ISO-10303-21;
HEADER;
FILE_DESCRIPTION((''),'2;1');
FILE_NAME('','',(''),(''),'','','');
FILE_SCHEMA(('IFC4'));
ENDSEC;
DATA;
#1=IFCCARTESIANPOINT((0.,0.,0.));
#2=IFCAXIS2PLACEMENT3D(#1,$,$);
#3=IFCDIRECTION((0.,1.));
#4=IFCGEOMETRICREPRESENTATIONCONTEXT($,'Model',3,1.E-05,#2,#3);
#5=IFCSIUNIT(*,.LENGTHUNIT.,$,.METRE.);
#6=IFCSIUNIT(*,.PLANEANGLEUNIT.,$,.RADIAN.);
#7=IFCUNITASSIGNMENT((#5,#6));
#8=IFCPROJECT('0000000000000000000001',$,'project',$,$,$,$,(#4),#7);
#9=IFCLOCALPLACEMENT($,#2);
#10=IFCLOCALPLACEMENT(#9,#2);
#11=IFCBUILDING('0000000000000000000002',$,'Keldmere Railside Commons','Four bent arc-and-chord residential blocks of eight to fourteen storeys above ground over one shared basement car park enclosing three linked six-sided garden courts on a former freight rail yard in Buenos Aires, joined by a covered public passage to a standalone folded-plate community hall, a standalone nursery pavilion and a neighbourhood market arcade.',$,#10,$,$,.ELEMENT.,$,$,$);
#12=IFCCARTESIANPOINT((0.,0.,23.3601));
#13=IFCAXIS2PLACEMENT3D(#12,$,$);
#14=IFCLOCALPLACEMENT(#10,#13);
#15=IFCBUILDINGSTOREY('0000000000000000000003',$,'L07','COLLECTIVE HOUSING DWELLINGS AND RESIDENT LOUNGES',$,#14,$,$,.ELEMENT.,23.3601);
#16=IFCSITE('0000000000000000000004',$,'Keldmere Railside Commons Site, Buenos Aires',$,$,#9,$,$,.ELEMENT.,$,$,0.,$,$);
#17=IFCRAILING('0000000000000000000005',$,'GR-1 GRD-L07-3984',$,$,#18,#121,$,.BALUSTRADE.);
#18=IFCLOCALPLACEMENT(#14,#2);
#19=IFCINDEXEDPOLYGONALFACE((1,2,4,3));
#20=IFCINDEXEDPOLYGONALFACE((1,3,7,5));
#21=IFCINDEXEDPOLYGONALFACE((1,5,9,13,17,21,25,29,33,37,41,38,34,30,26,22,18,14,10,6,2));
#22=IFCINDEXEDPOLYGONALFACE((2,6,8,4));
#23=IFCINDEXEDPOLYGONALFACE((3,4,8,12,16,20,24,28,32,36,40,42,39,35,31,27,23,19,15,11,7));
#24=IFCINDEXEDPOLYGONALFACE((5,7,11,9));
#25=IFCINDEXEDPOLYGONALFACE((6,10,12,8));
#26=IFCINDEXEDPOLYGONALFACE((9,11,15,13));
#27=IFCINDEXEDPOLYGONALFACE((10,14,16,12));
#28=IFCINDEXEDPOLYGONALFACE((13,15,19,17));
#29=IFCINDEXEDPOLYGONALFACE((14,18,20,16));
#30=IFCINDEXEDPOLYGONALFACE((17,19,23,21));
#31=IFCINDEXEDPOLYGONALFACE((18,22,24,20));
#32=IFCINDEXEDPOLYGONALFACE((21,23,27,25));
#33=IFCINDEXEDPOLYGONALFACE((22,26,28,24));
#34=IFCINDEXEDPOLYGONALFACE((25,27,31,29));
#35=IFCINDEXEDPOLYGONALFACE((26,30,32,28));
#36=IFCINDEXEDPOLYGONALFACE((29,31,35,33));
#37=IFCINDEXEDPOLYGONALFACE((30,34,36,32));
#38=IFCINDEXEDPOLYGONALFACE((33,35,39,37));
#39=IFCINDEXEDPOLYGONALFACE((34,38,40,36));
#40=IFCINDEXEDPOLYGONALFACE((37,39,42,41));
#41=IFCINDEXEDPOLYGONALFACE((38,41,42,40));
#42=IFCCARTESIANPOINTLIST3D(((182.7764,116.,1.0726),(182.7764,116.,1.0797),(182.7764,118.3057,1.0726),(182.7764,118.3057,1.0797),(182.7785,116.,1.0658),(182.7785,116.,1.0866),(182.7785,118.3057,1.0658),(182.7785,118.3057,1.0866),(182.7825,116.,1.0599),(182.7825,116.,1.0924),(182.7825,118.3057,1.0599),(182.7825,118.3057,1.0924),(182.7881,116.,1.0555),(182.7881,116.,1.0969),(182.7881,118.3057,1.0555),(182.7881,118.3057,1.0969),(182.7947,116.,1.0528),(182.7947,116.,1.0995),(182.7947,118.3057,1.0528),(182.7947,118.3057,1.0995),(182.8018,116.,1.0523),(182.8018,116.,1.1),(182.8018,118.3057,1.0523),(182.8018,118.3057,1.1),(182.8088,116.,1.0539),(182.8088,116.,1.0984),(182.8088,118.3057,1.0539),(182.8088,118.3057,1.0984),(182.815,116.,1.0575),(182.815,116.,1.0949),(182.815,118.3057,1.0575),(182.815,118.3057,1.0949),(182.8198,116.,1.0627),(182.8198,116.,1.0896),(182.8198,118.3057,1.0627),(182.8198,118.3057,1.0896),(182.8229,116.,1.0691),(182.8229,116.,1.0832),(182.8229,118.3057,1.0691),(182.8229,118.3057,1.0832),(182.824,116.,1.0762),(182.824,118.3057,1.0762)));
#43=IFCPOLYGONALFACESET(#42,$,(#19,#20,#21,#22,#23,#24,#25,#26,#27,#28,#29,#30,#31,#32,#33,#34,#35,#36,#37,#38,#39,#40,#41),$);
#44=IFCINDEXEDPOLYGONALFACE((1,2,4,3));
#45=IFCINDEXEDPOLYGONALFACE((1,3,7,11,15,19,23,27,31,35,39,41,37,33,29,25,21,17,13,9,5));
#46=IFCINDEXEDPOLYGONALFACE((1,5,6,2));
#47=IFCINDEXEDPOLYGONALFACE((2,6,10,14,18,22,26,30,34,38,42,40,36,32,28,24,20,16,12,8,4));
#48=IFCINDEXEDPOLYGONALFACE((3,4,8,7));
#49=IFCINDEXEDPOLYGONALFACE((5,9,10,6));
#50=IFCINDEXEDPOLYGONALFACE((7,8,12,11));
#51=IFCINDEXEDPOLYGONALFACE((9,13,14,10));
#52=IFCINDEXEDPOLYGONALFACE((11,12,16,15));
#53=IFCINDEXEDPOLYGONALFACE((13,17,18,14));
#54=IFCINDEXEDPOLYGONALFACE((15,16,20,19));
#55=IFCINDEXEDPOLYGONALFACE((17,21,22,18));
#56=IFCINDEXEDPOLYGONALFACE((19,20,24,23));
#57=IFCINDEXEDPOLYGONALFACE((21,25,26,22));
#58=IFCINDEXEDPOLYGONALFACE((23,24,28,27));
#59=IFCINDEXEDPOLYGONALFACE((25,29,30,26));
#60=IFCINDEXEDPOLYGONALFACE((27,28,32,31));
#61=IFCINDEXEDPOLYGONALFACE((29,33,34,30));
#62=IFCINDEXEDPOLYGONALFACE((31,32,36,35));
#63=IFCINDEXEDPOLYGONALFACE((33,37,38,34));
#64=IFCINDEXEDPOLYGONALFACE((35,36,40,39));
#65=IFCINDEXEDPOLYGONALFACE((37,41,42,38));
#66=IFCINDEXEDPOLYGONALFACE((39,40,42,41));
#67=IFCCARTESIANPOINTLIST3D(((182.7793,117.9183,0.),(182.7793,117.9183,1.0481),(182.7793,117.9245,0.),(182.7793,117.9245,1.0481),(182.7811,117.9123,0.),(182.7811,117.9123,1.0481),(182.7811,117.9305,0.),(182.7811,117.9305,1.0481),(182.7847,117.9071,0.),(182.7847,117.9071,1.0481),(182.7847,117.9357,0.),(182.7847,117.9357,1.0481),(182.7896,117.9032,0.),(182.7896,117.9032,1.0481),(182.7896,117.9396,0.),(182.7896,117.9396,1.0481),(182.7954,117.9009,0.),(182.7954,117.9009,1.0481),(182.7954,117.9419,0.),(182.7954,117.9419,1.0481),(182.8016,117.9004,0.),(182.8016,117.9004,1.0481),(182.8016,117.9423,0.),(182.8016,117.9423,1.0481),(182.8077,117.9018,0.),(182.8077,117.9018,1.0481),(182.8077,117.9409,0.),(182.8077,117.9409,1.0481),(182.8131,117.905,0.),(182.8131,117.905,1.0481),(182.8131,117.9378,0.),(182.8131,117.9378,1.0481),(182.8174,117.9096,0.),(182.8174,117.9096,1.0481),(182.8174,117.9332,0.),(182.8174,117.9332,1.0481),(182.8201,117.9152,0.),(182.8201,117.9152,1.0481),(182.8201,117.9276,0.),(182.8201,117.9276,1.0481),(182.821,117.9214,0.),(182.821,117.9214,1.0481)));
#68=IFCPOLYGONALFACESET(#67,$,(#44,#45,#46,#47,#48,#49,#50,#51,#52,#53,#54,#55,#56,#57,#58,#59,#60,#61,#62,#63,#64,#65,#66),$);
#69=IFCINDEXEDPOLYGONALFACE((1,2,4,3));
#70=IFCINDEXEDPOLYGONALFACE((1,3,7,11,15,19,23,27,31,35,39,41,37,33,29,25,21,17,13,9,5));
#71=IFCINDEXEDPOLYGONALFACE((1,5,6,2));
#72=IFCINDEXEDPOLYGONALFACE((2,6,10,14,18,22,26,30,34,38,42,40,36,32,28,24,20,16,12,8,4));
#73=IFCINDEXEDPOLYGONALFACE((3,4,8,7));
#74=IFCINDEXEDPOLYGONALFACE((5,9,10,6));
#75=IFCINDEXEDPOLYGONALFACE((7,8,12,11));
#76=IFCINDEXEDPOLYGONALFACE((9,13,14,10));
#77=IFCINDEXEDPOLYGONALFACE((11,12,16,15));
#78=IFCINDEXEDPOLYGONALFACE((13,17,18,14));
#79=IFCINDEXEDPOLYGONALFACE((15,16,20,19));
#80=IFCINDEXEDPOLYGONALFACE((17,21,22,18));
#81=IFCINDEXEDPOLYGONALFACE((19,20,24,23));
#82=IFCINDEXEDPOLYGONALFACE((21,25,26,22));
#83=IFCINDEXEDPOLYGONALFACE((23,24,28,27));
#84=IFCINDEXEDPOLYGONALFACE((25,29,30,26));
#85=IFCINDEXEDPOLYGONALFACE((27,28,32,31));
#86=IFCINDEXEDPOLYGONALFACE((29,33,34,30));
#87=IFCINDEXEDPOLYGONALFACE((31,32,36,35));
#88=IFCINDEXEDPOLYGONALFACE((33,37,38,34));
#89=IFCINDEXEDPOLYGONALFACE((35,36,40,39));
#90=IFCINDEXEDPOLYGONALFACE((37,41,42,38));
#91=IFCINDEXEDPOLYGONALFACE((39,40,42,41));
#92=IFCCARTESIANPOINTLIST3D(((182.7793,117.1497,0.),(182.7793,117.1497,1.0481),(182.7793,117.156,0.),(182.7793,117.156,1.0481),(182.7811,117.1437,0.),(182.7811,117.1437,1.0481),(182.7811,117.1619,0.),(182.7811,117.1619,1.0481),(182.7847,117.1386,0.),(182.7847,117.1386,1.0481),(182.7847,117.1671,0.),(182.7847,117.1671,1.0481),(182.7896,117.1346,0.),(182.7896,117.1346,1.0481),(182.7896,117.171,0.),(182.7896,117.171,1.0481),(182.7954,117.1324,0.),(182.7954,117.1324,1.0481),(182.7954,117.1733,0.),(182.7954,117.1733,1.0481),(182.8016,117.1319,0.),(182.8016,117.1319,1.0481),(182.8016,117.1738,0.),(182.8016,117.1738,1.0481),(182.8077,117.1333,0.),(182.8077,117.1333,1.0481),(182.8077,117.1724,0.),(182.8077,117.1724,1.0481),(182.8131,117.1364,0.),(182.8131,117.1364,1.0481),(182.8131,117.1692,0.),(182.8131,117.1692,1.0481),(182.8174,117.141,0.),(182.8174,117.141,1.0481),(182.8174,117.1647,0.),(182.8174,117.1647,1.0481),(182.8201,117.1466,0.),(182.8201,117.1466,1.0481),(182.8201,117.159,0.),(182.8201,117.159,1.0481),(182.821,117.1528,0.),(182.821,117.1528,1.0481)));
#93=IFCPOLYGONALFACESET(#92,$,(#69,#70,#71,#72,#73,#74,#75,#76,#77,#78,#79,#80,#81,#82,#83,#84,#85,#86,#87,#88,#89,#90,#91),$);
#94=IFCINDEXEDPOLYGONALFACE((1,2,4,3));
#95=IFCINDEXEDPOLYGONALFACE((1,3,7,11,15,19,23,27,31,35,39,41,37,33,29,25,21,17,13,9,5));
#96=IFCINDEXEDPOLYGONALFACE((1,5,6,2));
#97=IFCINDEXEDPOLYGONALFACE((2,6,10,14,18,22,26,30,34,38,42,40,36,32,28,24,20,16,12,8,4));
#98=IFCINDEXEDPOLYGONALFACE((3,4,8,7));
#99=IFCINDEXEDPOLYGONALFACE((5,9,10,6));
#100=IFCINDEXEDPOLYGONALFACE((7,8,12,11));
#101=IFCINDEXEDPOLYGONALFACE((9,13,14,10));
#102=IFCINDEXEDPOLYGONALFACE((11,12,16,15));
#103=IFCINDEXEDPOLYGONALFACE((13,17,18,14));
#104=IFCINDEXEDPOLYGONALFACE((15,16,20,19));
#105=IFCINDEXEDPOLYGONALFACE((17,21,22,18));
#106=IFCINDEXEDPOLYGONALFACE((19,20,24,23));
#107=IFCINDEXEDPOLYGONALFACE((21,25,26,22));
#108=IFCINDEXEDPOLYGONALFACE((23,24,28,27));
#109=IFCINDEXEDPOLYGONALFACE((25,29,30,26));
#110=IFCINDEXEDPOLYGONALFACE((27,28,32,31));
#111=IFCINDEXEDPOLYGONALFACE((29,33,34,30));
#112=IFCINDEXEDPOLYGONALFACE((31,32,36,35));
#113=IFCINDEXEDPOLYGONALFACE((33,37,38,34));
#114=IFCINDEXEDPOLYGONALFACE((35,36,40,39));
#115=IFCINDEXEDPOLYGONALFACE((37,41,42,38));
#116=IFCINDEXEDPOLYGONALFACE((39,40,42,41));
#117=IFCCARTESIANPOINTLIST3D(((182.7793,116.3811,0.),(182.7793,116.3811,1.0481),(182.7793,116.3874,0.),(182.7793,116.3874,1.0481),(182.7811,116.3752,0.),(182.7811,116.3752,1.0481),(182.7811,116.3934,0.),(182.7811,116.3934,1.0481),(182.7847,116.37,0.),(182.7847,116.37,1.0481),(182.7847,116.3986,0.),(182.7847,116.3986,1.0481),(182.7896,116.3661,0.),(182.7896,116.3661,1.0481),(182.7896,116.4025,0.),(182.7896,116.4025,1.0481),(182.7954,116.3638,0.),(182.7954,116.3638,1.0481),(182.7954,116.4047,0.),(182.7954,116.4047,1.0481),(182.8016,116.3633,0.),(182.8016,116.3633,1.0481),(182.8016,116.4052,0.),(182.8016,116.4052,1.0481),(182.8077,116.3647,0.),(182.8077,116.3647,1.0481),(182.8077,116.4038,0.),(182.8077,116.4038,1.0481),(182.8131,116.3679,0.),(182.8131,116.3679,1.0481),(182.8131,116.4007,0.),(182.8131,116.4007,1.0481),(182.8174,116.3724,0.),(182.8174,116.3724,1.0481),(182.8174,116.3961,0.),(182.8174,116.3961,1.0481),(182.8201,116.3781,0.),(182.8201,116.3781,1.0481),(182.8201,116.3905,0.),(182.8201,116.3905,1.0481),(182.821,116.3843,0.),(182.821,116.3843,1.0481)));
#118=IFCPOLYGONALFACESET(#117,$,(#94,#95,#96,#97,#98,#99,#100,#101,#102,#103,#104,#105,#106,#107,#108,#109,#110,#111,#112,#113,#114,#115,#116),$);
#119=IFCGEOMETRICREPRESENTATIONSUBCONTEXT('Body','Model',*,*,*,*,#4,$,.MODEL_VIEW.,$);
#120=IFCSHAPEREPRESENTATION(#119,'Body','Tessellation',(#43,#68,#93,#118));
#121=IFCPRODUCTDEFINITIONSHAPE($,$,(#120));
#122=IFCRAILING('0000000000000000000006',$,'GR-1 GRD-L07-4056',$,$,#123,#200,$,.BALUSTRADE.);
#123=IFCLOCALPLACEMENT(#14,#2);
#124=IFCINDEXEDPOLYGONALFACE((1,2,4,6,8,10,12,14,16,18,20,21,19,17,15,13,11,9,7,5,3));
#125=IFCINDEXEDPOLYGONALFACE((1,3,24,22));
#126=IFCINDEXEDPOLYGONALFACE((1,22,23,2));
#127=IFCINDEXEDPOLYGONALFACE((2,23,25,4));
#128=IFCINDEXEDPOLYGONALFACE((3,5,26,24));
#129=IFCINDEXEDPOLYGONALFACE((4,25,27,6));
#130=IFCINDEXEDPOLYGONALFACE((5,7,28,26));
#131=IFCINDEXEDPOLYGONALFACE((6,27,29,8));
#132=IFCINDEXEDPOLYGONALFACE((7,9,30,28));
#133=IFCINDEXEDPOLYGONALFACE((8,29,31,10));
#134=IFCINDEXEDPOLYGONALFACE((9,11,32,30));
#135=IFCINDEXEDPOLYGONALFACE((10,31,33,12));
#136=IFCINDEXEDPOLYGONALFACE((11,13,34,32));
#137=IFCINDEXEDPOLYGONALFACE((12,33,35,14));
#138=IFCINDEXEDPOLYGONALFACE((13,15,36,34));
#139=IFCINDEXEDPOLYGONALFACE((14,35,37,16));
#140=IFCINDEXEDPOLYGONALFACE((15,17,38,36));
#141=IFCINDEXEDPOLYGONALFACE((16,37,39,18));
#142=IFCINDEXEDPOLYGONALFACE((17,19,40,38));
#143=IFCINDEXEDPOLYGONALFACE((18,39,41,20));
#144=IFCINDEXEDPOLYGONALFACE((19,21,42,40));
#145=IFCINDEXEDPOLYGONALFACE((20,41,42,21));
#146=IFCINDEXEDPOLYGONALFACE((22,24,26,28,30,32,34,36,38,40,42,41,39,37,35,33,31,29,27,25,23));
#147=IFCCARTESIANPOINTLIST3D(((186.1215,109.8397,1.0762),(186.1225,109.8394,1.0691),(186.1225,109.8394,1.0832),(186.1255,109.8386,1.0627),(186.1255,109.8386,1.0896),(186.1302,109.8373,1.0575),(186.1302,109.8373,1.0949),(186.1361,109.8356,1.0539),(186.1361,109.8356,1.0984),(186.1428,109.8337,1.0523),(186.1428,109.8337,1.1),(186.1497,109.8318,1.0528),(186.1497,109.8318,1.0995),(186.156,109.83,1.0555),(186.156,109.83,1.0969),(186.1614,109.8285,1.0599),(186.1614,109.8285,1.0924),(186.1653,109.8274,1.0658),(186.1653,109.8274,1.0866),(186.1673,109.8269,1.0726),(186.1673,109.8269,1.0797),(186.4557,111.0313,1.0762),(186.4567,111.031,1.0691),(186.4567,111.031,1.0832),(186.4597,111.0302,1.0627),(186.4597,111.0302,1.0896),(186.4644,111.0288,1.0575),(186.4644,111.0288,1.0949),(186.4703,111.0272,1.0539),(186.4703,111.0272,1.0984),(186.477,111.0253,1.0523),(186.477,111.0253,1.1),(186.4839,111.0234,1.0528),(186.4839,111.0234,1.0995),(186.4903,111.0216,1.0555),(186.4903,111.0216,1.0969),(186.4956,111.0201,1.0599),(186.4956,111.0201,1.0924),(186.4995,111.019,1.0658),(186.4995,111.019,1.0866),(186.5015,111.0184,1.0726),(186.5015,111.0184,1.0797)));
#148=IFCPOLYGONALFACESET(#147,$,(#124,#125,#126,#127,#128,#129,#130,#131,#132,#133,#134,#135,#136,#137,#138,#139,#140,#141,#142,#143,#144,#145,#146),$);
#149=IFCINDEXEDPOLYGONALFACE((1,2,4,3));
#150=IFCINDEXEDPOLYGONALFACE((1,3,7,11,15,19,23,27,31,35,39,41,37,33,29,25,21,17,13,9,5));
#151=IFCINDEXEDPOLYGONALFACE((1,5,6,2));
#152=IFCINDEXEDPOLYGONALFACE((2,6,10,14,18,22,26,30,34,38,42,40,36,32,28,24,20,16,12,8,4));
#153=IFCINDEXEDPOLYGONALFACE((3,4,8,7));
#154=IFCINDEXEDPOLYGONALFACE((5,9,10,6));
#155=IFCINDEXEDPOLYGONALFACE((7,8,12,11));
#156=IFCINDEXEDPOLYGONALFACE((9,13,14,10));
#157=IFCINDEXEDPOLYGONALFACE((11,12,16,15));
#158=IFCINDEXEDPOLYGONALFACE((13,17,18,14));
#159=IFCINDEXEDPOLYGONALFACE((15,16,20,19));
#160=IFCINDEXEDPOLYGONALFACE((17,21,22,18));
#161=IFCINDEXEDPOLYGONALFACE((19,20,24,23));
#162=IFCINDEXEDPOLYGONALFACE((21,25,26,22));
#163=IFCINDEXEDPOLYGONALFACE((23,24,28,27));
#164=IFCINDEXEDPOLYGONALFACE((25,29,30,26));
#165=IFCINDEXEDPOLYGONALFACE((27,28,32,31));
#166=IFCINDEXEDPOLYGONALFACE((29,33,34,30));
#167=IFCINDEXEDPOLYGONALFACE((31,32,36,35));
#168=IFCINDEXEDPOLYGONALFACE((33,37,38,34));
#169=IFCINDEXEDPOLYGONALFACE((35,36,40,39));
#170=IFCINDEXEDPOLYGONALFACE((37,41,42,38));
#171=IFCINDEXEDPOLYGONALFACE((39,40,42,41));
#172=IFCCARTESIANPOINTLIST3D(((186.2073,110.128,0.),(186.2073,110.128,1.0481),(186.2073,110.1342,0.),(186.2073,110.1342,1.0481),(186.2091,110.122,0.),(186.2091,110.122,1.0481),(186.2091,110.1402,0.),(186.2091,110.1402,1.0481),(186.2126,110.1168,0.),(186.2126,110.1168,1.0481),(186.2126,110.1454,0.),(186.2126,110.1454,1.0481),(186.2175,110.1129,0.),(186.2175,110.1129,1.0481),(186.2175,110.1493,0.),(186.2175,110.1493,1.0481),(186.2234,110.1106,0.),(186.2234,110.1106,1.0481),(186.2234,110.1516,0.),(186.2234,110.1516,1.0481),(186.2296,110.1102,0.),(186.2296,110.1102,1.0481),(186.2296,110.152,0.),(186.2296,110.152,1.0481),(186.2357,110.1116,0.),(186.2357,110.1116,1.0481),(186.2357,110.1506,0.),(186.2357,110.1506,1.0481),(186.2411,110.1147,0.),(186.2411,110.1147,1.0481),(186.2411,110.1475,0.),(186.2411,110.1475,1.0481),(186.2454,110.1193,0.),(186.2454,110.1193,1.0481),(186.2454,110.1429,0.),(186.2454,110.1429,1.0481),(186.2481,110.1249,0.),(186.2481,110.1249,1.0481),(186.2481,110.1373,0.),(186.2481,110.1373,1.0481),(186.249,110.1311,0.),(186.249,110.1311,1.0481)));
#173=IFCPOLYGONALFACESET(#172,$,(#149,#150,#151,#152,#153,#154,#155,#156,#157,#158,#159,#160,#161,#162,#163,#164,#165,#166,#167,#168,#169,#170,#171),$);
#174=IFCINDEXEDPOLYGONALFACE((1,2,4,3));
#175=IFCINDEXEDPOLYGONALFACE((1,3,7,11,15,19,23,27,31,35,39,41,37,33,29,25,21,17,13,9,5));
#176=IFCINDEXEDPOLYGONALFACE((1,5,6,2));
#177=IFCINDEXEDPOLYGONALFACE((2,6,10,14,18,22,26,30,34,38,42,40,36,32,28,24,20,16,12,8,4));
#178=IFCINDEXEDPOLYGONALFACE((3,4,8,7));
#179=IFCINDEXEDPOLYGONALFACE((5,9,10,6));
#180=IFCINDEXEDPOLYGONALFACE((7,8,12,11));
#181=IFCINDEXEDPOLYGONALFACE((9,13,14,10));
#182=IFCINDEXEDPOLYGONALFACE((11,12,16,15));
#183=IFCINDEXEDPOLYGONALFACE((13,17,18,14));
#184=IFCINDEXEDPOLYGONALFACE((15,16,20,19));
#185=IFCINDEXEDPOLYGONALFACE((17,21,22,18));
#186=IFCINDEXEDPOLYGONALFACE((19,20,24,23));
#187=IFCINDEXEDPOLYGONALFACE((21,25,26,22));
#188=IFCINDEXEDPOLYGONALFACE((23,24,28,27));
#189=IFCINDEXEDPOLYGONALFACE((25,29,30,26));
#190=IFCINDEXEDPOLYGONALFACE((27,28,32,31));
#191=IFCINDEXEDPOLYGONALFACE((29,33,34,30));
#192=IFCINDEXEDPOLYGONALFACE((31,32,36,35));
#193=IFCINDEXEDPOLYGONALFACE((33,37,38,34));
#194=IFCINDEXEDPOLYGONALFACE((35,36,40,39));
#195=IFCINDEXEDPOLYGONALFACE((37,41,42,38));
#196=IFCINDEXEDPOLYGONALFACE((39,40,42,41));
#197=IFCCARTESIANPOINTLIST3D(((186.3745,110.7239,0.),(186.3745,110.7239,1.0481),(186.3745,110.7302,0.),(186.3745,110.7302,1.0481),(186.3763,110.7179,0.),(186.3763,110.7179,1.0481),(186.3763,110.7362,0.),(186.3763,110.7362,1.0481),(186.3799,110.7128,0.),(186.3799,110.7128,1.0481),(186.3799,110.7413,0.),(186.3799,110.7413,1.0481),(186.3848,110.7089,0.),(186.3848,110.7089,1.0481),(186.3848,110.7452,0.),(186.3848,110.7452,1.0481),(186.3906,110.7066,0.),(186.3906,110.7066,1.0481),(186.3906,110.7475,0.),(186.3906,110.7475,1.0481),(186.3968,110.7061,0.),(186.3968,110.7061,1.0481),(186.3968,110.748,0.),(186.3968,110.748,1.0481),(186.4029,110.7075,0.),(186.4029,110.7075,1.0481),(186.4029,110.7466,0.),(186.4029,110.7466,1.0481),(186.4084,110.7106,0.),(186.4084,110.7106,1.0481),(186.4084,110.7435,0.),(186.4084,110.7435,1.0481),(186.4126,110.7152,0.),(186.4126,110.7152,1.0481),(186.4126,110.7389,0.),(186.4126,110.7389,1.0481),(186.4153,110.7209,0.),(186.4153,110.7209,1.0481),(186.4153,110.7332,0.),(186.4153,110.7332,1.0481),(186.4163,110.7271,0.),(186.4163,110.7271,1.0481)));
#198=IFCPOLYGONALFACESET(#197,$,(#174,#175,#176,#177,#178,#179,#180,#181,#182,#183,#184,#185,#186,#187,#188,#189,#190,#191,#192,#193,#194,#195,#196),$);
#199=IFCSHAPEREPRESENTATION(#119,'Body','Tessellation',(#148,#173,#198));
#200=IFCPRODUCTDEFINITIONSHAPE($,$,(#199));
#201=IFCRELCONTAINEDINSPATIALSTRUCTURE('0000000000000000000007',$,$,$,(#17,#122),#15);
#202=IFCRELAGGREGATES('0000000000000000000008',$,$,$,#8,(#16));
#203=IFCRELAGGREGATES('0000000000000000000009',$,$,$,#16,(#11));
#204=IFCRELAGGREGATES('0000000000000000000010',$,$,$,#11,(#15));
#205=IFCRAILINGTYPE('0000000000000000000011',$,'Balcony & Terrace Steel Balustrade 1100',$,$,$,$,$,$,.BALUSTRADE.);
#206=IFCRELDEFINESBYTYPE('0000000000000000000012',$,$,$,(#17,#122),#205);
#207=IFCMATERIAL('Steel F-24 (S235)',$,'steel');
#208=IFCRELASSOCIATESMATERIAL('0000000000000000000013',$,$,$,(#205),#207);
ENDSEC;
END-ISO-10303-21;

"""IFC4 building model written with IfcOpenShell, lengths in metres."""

from ifc_helpers import new_model, si_unit, direction, frame, origin, origin_2d, place, context, subcontext, project, spatial, circle, extrude, material, type_object, element, save


model = new_model("IFC4")

# Units and contexts
model_context = context("Model", 3, precision=1e-05, world=origin(), true_north=direction((0.0, 1.0)))
body_context = subcontext(model_context, "Body", "Model", "MODEL_VIEW")
ifc_project = project(units=[si_unit("LENGTHUNIT", "METRE"), si_unit("PLANEANGLEUNIT", "RADIAN")], contexts=[model_context])

# Site, building, storey
site_placement = place(None, origin())
site = spatial("IfcSite", under=ifc_project, at=site_placement, Name="Keldmere Railside Commons Site, Buenos Aires", CompositionType="ELEMENT", RefElevation=0.0)
building_placement = place(site_placement, origin())
building = spatial("IfcBuilding", under=site, at=building_placement, Name="Keldmere Railside Commons", Description="Four bent arc-and-chord residential blocks of eight to fourteen storeys above ground over one shared basement car park enclosing three linked six-sided garden courts on a former freight rail yard in Buenos Aires, joined by a covered public passage to a standalone folded-plate community hall, a standalone nursery pavilion and a neighbourhood market arcade.", CompositionType="ELEMENT")
storey_placement = place(building_placement, frame((0.0, 0.0, 23.3601)))
storey = spatial("IfcBuildingStorey", under=building, at=storey_placement, Name="L07", Description="COLLECTIVE HOUSING DWELLINGS AND RESIDENT LOUNGES", CompositionType="ELEMENT", Elevation=23.3601)

# Railings
ifc_material_1 = material(Name="Steel F-24 (S235)", Category="steel")
railing_type = type_object("IfcRailingType", Name="Balcony & Terrace Steel Balustrade 1100", PredefinedType="BALUSTRADE", material=ifc_material_1)
railing_1_placement = place(storey_placement, frame((182.8, 118.3057, 0.0)))
element("IfcRailing", 1, at=railing_1_placement, inside=storey, type_object=railing_type, Name="GR-1 GRD-L07-3984", PredefinedType="BALUSTRADE", context=body_context, shape_type="SweptSolid", body=[
    extrude(circle(Radius=0.0239, at=origin_2d()), frame((0.0, 0.0, 1.0762), z_axis=(0.0, -1.0, 0.0), x_axis=(1.0, 0.0, 0.0)), (0.0, 0.0, 1.0), 2.3057),
    extrude(circle(Radius=0.021, at=origin_2d()), frame((0.0, -0.3843, 0.0)), (0.0, 0.0, 1.0), 1.0481),
    extrude(circle(Radius=0.021, at=origin_2d()), frame((0.0, -1.1528, 0.0)), (0.0, 0.0, 1.0), 1.0481),
    extrude(circle(Radius=0.021, at=origin_2d()), frame((0.0, -1.9214, 0.0)), (0.0, 0.0, 1.0), 1.0481),
])
railing_2_placement = place(storey_placement, frame((186.1445, 109.8333, 0.0)))
element("IfcRailing", 2, at=railing_2_placement, inside=storey, type_object=railing_type, Name="GR-1 GRD-L07-4056", PredefinedType="BALUSTRADE", context=body_context, shape_type="SweptSolid", body=[
    extrude(circle(Radius=0.0239, at=origin_2d()), frame((0.0, 0.0, 1.0762), z_axis=(0.270054, 0.962845, 0.0), x_axis=(-0.962845, 0.270054, 0.0)), (0.0, 0.0, 1.0), 1.2375),
    extrude(circle(Radius=0.021, at=origin_2d()), frame((0.0835, 0.2979, 0.0)), (0.0, 0.0, 1.0), 1.0481),
    extrude(circle(Radius=0.021, at=origin_2d()), frame((0.2507, 0.8938, 0.0)), (0.0, 0.0, 1.0), 1.0481),
])

save(model, "model.ifc")
